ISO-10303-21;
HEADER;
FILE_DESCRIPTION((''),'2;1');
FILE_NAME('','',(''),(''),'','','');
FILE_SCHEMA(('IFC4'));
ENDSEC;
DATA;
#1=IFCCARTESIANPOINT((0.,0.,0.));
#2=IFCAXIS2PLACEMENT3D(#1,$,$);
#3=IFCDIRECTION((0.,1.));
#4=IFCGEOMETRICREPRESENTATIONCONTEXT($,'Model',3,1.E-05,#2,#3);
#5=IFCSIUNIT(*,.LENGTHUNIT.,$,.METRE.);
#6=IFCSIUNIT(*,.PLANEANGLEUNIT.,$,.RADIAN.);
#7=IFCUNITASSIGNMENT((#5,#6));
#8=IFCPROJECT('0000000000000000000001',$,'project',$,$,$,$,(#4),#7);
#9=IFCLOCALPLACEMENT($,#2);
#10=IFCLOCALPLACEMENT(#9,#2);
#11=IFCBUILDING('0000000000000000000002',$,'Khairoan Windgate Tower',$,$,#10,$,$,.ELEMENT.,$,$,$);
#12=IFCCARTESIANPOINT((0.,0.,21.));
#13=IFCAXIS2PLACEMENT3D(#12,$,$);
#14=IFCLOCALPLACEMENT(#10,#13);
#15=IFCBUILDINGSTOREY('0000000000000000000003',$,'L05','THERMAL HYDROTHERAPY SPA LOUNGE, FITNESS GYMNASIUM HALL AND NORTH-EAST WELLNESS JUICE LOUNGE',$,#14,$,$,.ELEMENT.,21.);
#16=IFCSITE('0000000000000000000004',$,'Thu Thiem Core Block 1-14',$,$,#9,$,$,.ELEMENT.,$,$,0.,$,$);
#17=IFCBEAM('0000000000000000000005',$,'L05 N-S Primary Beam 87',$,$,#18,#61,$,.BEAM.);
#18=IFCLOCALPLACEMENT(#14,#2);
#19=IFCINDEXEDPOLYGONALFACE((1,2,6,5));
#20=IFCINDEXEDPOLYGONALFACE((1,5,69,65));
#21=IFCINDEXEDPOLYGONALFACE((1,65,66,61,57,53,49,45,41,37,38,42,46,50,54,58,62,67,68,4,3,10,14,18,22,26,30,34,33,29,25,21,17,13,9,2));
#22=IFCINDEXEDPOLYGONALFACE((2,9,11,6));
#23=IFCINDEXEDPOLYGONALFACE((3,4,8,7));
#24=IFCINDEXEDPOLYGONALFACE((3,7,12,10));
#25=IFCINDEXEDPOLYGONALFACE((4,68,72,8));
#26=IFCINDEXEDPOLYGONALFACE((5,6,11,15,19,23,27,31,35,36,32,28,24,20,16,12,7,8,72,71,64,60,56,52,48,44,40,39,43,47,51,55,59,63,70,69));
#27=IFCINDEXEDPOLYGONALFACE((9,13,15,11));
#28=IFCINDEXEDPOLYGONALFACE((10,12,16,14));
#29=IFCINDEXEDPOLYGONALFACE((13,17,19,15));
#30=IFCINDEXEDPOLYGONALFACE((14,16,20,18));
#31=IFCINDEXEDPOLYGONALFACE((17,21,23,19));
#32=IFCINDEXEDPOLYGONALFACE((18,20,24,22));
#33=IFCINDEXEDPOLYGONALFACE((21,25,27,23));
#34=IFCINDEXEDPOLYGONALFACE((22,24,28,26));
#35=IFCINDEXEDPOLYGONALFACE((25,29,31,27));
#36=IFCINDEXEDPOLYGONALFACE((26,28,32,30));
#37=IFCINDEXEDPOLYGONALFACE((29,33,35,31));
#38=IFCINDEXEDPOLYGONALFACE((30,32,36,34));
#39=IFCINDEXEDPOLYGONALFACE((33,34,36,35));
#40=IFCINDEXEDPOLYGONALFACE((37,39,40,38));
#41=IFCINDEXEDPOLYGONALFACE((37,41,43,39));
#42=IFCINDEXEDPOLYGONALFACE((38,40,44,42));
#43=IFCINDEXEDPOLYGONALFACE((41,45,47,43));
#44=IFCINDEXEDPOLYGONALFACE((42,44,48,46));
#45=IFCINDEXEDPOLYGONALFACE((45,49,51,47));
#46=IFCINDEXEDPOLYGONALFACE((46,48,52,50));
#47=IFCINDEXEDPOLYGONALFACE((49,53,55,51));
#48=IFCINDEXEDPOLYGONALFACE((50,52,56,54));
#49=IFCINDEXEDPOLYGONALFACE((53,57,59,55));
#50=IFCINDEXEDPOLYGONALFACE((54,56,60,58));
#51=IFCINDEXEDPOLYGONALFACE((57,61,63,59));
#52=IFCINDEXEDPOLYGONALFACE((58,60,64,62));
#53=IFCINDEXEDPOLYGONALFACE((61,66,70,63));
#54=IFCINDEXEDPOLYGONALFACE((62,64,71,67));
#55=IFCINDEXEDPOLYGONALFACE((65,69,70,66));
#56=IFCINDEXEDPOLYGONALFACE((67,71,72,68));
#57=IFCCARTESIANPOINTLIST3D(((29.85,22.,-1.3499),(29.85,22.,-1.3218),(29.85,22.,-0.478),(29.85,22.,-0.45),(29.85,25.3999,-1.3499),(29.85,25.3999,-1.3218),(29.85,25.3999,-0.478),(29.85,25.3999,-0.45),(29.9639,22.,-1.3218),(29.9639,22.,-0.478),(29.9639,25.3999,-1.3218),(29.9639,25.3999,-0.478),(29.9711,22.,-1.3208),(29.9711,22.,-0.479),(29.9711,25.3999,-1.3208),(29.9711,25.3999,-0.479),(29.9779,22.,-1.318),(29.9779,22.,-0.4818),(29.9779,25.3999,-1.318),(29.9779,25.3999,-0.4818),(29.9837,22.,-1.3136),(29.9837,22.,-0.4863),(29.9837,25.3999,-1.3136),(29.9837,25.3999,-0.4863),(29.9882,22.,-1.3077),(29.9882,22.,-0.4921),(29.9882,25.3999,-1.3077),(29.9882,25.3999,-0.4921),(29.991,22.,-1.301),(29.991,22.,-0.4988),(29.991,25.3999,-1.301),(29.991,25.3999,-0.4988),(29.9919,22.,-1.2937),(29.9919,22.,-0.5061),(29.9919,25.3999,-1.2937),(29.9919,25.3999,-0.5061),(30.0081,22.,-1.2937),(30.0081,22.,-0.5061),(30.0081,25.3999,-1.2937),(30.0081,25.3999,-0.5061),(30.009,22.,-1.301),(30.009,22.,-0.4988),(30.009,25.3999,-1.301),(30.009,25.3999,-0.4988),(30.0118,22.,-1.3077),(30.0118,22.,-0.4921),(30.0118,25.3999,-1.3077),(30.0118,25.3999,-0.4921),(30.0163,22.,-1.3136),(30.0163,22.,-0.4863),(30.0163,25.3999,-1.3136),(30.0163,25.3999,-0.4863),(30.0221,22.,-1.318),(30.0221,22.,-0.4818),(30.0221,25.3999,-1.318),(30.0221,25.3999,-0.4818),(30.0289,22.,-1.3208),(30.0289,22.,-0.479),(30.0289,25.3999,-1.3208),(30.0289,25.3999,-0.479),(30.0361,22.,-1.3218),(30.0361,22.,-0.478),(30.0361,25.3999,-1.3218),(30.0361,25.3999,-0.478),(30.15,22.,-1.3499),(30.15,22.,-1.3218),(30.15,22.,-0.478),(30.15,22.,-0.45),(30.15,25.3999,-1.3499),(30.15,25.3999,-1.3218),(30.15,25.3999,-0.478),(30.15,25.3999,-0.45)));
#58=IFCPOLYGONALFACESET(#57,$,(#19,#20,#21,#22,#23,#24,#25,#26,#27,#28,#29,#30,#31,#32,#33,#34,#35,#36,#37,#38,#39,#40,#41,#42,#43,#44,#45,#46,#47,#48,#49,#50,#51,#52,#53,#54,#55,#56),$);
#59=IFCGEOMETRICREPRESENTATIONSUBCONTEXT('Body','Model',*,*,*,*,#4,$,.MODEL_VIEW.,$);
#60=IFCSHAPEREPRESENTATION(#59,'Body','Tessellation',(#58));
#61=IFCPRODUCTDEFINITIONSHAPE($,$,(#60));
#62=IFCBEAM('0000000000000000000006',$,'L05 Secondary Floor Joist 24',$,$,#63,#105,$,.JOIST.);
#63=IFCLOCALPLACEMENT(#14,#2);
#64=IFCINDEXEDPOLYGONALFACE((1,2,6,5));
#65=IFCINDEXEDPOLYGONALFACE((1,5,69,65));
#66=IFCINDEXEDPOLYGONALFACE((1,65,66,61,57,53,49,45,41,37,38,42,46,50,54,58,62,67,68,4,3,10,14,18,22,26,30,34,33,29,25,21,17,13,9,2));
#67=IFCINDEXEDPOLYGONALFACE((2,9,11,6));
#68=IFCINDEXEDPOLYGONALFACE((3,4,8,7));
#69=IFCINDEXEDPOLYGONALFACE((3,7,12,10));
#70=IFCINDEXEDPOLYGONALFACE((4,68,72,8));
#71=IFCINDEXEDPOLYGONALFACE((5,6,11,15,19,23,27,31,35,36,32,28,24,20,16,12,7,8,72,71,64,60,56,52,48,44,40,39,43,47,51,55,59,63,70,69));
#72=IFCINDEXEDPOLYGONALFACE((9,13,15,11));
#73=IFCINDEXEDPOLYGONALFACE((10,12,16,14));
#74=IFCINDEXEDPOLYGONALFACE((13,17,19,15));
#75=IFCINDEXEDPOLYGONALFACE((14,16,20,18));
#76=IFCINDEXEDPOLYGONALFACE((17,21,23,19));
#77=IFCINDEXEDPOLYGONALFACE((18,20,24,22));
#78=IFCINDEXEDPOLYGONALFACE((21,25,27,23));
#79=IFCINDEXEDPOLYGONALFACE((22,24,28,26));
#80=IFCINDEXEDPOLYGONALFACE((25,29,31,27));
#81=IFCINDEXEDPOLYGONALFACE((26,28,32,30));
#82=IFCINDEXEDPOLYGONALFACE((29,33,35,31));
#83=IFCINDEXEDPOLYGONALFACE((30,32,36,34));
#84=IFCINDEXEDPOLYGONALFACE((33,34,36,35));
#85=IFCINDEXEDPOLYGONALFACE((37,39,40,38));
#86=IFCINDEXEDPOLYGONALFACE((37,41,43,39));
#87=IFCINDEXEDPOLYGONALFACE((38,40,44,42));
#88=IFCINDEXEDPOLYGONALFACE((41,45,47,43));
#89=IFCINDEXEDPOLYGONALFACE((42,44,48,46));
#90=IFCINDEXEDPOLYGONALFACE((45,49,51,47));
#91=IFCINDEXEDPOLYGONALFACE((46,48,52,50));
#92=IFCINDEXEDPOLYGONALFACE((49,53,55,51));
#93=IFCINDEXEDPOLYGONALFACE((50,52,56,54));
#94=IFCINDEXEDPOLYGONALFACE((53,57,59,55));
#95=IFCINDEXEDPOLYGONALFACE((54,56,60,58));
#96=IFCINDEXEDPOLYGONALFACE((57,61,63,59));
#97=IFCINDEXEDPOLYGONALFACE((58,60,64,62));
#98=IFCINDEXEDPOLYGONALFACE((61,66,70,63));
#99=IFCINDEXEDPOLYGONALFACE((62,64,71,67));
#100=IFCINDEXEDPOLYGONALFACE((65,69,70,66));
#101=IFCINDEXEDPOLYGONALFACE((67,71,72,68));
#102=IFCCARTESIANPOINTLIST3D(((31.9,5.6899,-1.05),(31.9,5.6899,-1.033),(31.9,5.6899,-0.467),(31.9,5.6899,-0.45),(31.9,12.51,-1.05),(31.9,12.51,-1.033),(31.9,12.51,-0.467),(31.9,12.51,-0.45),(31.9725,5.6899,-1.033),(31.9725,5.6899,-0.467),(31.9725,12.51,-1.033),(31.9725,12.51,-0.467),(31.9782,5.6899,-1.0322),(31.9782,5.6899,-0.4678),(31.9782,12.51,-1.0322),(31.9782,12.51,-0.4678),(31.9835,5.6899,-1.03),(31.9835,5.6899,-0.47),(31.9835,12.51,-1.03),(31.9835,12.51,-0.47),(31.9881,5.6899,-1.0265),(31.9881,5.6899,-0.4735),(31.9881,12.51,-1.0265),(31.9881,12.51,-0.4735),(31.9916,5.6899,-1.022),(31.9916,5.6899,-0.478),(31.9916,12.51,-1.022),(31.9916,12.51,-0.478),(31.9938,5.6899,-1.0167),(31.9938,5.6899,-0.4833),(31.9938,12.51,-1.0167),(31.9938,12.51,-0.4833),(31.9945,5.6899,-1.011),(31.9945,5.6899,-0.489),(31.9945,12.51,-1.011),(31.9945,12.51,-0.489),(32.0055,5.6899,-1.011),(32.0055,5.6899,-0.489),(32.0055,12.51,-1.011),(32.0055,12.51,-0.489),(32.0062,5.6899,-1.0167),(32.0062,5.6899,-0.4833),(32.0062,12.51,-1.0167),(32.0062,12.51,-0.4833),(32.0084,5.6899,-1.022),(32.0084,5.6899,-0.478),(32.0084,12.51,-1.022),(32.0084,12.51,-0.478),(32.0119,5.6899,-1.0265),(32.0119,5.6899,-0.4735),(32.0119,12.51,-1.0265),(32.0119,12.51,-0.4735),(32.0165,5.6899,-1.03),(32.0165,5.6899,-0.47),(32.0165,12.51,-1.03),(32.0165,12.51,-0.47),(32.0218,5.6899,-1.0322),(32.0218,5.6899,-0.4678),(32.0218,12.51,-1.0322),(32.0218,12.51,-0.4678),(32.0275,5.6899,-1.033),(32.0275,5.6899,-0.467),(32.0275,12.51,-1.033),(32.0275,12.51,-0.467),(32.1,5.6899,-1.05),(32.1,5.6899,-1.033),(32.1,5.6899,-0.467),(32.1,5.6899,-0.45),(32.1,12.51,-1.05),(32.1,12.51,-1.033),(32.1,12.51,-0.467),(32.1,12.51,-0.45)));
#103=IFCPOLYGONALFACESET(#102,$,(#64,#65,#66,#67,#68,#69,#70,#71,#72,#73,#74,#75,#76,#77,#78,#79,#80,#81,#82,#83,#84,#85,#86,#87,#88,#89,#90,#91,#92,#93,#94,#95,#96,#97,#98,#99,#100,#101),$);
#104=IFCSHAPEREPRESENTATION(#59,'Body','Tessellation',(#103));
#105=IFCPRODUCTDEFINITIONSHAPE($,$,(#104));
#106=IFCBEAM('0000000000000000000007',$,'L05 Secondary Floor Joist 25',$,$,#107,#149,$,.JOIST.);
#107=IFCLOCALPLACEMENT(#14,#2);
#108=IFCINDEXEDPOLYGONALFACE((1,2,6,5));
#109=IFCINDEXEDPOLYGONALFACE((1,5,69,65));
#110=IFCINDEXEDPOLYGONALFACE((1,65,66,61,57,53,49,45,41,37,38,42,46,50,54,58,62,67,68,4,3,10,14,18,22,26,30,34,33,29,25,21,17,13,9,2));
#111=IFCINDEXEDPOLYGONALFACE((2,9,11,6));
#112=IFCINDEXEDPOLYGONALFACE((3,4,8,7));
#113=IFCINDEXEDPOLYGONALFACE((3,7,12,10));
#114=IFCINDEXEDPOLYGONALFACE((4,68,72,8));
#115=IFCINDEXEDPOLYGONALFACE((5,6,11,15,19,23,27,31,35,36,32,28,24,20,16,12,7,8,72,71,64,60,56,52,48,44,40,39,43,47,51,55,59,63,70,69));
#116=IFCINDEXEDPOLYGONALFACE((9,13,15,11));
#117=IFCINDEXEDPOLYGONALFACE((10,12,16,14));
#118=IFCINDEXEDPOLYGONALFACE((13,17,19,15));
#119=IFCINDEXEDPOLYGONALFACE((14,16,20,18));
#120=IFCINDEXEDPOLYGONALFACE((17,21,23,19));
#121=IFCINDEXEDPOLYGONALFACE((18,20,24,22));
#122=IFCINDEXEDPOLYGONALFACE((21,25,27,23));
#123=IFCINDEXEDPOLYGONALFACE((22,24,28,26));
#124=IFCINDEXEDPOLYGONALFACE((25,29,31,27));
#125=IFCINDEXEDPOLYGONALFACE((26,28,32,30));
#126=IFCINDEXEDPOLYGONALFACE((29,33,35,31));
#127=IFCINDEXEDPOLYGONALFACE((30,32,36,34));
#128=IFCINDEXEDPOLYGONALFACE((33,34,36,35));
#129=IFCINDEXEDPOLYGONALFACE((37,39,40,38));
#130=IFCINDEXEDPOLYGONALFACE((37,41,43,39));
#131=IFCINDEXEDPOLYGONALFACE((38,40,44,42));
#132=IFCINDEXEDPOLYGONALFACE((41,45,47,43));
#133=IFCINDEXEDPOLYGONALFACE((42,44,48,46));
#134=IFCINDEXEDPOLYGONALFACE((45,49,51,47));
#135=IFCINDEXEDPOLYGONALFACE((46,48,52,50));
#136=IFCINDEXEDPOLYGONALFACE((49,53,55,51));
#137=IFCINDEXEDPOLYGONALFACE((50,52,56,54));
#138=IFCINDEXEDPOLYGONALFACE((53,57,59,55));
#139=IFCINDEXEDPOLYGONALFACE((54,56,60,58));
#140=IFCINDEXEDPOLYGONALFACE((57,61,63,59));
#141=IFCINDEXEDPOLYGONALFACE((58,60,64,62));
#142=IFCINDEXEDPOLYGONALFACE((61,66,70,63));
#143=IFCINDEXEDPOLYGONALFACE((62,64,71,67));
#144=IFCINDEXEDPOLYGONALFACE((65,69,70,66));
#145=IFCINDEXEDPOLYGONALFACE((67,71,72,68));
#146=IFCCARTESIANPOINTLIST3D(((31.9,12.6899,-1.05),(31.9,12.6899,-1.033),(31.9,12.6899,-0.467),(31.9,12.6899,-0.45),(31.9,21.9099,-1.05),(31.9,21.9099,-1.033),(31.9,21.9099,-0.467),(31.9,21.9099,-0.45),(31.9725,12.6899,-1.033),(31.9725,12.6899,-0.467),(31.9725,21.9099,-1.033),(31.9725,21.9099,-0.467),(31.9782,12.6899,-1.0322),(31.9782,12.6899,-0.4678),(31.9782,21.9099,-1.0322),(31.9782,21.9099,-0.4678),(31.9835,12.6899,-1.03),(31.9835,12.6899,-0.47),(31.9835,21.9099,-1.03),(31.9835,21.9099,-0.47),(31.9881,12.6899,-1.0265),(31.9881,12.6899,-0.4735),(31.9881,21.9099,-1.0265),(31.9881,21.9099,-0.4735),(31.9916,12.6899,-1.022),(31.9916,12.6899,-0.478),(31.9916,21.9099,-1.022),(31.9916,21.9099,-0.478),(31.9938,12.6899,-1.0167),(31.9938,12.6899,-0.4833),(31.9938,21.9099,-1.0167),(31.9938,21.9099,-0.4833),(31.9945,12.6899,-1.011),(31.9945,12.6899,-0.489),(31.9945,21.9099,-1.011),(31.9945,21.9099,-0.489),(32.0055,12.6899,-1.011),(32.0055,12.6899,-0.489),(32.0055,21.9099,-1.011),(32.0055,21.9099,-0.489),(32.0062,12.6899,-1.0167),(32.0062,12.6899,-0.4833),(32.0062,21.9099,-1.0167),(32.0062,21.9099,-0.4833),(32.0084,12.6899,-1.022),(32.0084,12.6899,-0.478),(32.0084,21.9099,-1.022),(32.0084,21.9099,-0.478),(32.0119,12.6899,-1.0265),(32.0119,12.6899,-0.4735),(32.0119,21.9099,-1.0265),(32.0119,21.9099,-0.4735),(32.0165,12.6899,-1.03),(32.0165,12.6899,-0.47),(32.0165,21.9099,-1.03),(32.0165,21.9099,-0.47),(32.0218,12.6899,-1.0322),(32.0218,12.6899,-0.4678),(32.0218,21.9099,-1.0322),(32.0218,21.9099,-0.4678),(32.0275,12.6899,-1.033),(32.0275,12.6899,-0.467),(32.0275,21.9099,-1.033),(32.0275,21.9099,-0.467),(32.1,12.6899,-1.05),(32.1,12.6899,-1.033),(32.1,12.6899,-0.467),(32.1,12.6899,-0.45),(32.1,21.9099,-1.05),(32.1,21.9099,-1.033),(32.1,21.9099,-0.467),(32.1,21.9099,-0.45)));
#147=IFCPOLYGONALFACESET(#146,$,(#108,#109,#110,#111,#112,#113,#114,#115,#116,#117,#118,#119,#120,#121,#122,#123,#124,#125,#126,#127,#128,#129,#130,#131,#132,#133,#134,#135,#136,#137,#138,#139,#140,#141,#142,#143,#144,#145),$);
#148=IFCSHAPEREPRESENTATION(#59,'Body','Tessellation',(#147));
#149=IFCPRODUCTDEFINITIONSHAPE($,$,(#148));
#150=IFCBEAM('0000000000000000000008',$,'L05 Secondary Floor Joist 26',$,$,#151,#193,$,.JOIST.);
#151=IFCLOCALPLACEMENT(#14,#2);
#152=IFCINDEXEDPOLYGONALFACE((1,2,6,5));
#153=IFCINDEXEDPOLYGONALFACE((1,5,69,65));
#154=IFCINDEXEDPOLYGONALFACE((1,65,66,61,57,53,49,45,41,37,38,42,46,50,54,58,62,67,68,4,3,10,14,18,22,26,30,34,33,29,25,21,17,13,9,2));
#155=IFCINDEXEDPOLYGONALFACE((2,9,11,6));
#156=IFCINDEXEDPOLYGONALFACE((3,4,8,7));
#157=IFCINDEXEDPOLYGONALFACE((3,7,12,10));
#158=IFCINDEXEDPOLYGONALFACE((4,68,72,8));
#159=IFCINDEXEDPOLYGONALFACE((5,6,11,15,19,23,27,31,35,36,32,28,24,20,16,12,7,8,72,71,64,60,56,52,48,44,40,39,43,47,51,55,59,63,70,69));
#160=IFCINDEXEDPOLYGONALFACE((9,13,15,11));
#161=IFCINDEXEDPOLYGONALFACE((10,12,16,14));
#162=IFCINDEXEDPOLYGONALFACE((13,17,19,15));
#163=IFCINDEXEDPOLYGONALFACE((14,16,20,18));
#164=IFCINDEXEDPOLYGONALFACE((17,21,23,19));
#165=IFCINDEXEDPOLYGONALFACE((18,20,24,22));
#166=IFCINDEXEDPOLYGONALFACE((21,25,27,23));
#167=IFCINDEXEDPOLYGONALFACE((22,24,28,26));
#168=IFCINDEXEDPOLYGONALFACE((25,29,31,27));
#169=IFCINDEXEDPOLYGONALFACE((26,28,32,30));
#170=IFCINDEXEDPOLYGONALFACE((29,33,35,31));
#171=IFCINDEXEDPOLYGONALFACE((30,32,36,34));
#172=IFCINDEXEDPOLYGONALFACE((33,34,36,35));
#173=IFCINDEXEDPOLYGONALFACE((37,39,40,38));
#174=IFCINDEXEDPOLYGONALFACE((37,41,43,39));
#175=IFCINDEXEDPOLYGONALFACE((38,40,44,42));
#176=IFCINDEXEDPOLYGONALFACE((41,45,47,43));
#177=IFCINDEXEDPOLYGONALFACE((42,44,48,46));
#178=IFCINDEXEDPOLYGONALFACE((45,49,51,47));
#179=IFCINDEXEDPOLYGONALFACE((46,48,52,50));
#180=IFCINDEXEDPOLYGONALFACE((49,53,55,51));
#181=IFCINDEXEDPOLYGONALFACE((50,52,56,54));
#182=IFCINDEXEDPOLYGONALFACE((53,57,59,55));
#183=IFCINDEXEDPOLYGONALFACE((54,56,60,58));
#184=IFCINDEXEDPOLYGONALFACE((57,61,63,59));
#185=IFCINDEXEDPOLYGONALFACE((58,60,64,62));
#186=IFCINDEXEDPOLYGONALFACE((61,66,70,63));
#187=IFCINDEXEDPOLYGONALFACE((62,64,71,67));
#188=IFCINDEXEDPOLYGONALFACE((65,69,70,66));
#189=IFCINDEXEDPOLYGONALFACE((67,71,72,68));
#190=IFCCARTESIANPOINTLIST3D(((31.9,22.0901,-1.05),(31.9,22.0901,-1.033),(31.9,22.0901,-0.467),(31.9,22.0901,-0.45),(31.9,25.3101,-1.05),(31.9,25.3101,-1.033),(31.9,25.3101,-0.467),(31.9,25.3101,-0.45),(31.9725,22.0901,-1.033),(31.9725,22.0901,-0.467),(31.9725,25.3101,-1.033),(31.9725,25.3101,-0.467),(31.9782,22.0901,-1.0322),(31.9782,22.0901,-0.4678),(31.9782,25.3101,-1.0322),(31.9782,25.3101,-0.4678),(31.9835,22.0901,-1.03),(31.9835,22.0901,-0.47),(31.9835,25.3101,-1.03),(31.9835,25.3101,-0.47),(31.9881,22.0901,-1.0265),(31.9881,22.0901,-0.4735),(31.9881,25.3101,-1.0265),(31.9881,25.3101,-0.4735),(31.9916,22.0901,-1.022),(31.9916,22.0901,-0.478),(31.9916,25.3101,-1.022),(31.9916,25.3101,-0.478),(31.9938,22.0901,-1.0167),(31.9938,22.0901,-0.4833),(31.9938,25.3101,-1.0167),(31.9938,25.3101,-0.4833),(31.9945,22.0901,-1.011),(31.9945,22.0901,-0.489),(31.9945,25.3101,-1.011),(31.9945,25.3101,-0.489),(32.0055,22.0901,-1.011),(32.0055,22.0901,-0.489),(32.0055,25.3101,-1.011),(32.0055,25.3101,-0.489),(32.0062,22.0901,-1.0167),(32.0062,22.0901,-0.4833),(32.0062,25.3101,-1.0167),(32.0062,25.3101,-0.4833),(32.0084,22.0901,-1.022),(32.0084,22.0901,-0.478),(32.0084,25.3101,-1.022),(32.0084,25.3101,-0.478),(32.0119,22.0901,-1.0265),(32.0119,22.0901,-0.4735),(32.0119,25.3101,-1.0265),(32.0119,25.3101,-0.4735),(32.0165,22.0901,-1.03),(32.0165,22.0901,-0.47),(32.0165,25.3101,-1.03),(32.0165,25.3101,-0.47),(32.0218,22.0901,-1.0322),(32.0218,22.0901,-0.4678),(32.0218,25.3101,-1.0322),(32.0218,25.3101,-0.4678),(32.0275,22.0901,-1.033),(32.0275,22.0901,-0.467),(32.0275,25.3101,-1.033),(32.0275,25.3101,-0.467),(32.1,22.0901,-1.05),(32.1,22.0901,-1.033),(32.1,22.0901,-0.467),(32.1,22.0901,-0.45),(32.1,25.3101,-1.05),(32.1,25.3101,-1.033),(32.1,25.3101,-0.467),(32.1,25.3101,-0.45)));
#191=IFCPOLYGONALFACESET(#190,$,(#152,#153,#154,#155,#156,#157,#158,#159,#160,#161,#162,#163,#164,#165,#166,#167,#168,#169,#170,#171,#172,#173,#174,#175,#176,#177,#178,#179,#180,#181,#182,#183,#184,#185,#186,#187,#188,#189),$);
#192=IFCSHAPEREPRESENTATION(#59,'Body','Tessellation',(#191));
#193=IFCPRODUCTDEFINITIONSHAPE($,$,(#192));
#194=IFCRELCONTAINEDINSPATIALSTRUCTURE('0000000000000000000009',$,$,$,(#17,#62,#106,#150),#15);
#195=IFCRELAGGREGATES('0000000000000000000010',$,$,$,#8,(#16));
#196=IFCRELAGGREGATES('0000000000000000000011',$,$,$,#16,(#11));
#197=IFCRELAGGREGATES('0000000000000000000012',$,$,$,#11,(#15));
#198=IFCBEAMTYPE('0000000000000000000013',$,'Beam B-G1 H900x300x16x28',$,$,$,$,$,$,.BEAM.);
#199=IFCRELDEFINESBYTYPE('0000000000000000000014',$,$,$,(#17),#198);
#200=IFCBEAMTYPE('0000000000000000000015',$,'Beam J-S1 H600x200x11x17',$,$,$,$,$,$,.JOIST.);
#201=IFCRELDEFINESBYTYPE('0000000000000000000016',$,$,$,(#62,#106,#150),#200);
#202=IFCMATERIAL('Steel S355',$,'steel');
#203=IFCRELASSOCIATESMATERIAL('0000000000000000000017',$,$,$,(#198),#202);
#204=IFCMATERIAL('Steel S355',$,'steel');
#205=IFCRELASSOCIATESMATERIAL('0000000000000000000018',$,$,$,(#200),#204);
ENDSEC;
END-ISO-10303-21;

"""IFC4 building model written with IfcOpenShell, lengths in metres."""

from ifc_helpers import new_model, si_unit, direction, frame, origin, origin_2d, place, context, subcontext, project, spatial, i_section, extrude, material, material_profile, profile_set, type_object, element, save


model = new_model("IFC4")

# Units and contexts
model_context = context("Model", 3, precision=1e-05, world=origin(), true_north=direction((0.0, 1.0)))
body_context = subcontext(model_context, "Body", "Model", "MODEL_VIEW")
ifc_project = project(units=[si_unit("LENGTHUNIT", "METRE"), si_unit("PLANEANGLEUNIT", "RADIAN")], contexts=[model_context])

# Site, building, storey
site_placement = place(None, origin())
site = spatial("IfcSite", under=ifc_project, at=site_placement, Name="Thu Thiem Core Block 1-14", CompositionType="ELEMENT", RefElevation=0.0)
building_placement = place(site_placement, origin())
building = spatial("IfcBuilding", under=site, at=building_placement, Name="Khairoan Windgate Tower", CompositionType="ELEMENT")
storey_placement = place(building_placement, frame((0.0, 0.0, 21.0)))
storey = spatial("IfcBuildingStorey", under=building, at=storey_placement, Name="L05", Description="THERMAL HYDROTHERAPY SPA LOUNGE, FITNESS GYMNASIUM HALL AND NORTH-EAST WELLNESS JUICE LOUNGE", CompositionType="ELEMENT", Elevation=21.0)

# Beams
ifc_material_1 = material(Name="Steel S355", Category="steel")
ifc_material_profile_1 = material_profile(ifc_material_1, i_section(OverallWidth=0.3, OverallDepth=0.8999, WebThickness=0.0161, FlangeThickness=0.0281, FilletRadius=0.0281, at=origin_2d()))
ifc_profile_set_1 = profile_set([ifc_material_profile_1], Name="Steel S355")
beam_type_1 = type_object("IfcBeamType", Name="Beam B-G1 H900x300x16x28", PredefinedType="BEAM", material=ifc_profile_set_1)
beam_1_placement = place(storey_placement, frame((30.0, 22.0, -0.8999), z_axis=(0.0, 1.0, 0.0), x_axis=(-1.0, 0.0, 0.0)))
element("IfcBeam", 1, at=beam_1_placement, inside=storey, type_object=beam_type_1, Name="L05 N-S Primary Beam 87", PredefinedType="BEAM", context=body_context, shape_type="SweptSolid", body=[
    extrude(i_section(OverallWidth=0.3, OverallDepth=0.8999, WebThickness=0.0161, FlangeThickness=0.0281, FilletRadius=0.0281, at=origin_2d()), origin(), (0.0, 0.0, 1.0), 3.3999),
])
ifc_material_2 = material(Name="Steel S355", Category="steel")
ifc_material_profile_2 = material_profile(ifc_material_2, i_section(OverallWidth=0.2, OverallDepth=0.6001, WebThickness=0.011, FlangeThickness=0.0171, FilletRadius=0.022, at=origin_2d()))
ifc_profile_set_2 = profile_set([ifc_material_profile_2], Name="Steel S355")
beam_type_2 = type_object("IfcBeamType", Name="Beam J-S1 H600x200x11x17", PredefinedType="JOIST", material=ifc_profile_set_2)
beam_2_placement = place(storey_placement, frame((32.0, 5.6899, -0.75), z_axis=(0.0, 1.0, 0.0), x_axis=(-1.0, 0.0, 0.0)))
element("IfcBeam", 2, at=beam_2_placement, inside=storey, type_object=beam_type_2, Name="L05 Secondary Floor Joist 24", PredefinedType="JOIST", context=body_context, shape_type="SweptSolid", body=[
    extrude(i_section(OverallWidth=0.2, OverallDepth=0.6001, WebThickness=0.011, FlangeThickness=0.0171, FilletRadius=0.022, at=origin_2d()), origin(), (0.0, 0.0, 1.0), 6.8201),
])
beam_3_placement = place(storey_placement, frame((32.0, 12.6899, -0.75), z_axis=(0.0, 1.0, 0.0), x_axis=(-1.0, 0.0, 0.0)))
element("IfcBeam", 3, at=beam_3_placement, inside=storey, type_object=beam_type_2, Name="L05 Secondary Floor Joist 25", PredefinedType="JOIST", context=body_context, shape_type="SweptSolid", body=[
    extrude(i_section(OverallWidth=0.2, OverallDepth=0.6001, WebThickness=0.011, FlangeThickness=0.0171, FilletRadius=0.022, at=origin_2d()), origin(), (0.0, 0.0, 1.0), 9.22),
])
beam_4_placement = place(storey_placement, frame((32.0, 22.0901, -0.75), z_axis=(0.0, 1.0, 0.0), x_axis=(-1.0, 0.0, 0.0)))
element("IfcBeam", 4, at=beam_4_placement, inside=storey, type_object=beam_type_2, Name="L05 Secondary Floor Joist 26", PredefinedType="JOIST", context=body_context, shape_type="SweptSolid", body=[
    extrude(i_section(OverallWidth=0.2, OverallDepth=0.6001, WebThickness=0.011, FlangeThickness=0.0171, FilletRadius=0.022, at=origin_2d()), origin(), (0.0, 0.0, 1.0), 3.22),
])

save(model, "model.ifc")
